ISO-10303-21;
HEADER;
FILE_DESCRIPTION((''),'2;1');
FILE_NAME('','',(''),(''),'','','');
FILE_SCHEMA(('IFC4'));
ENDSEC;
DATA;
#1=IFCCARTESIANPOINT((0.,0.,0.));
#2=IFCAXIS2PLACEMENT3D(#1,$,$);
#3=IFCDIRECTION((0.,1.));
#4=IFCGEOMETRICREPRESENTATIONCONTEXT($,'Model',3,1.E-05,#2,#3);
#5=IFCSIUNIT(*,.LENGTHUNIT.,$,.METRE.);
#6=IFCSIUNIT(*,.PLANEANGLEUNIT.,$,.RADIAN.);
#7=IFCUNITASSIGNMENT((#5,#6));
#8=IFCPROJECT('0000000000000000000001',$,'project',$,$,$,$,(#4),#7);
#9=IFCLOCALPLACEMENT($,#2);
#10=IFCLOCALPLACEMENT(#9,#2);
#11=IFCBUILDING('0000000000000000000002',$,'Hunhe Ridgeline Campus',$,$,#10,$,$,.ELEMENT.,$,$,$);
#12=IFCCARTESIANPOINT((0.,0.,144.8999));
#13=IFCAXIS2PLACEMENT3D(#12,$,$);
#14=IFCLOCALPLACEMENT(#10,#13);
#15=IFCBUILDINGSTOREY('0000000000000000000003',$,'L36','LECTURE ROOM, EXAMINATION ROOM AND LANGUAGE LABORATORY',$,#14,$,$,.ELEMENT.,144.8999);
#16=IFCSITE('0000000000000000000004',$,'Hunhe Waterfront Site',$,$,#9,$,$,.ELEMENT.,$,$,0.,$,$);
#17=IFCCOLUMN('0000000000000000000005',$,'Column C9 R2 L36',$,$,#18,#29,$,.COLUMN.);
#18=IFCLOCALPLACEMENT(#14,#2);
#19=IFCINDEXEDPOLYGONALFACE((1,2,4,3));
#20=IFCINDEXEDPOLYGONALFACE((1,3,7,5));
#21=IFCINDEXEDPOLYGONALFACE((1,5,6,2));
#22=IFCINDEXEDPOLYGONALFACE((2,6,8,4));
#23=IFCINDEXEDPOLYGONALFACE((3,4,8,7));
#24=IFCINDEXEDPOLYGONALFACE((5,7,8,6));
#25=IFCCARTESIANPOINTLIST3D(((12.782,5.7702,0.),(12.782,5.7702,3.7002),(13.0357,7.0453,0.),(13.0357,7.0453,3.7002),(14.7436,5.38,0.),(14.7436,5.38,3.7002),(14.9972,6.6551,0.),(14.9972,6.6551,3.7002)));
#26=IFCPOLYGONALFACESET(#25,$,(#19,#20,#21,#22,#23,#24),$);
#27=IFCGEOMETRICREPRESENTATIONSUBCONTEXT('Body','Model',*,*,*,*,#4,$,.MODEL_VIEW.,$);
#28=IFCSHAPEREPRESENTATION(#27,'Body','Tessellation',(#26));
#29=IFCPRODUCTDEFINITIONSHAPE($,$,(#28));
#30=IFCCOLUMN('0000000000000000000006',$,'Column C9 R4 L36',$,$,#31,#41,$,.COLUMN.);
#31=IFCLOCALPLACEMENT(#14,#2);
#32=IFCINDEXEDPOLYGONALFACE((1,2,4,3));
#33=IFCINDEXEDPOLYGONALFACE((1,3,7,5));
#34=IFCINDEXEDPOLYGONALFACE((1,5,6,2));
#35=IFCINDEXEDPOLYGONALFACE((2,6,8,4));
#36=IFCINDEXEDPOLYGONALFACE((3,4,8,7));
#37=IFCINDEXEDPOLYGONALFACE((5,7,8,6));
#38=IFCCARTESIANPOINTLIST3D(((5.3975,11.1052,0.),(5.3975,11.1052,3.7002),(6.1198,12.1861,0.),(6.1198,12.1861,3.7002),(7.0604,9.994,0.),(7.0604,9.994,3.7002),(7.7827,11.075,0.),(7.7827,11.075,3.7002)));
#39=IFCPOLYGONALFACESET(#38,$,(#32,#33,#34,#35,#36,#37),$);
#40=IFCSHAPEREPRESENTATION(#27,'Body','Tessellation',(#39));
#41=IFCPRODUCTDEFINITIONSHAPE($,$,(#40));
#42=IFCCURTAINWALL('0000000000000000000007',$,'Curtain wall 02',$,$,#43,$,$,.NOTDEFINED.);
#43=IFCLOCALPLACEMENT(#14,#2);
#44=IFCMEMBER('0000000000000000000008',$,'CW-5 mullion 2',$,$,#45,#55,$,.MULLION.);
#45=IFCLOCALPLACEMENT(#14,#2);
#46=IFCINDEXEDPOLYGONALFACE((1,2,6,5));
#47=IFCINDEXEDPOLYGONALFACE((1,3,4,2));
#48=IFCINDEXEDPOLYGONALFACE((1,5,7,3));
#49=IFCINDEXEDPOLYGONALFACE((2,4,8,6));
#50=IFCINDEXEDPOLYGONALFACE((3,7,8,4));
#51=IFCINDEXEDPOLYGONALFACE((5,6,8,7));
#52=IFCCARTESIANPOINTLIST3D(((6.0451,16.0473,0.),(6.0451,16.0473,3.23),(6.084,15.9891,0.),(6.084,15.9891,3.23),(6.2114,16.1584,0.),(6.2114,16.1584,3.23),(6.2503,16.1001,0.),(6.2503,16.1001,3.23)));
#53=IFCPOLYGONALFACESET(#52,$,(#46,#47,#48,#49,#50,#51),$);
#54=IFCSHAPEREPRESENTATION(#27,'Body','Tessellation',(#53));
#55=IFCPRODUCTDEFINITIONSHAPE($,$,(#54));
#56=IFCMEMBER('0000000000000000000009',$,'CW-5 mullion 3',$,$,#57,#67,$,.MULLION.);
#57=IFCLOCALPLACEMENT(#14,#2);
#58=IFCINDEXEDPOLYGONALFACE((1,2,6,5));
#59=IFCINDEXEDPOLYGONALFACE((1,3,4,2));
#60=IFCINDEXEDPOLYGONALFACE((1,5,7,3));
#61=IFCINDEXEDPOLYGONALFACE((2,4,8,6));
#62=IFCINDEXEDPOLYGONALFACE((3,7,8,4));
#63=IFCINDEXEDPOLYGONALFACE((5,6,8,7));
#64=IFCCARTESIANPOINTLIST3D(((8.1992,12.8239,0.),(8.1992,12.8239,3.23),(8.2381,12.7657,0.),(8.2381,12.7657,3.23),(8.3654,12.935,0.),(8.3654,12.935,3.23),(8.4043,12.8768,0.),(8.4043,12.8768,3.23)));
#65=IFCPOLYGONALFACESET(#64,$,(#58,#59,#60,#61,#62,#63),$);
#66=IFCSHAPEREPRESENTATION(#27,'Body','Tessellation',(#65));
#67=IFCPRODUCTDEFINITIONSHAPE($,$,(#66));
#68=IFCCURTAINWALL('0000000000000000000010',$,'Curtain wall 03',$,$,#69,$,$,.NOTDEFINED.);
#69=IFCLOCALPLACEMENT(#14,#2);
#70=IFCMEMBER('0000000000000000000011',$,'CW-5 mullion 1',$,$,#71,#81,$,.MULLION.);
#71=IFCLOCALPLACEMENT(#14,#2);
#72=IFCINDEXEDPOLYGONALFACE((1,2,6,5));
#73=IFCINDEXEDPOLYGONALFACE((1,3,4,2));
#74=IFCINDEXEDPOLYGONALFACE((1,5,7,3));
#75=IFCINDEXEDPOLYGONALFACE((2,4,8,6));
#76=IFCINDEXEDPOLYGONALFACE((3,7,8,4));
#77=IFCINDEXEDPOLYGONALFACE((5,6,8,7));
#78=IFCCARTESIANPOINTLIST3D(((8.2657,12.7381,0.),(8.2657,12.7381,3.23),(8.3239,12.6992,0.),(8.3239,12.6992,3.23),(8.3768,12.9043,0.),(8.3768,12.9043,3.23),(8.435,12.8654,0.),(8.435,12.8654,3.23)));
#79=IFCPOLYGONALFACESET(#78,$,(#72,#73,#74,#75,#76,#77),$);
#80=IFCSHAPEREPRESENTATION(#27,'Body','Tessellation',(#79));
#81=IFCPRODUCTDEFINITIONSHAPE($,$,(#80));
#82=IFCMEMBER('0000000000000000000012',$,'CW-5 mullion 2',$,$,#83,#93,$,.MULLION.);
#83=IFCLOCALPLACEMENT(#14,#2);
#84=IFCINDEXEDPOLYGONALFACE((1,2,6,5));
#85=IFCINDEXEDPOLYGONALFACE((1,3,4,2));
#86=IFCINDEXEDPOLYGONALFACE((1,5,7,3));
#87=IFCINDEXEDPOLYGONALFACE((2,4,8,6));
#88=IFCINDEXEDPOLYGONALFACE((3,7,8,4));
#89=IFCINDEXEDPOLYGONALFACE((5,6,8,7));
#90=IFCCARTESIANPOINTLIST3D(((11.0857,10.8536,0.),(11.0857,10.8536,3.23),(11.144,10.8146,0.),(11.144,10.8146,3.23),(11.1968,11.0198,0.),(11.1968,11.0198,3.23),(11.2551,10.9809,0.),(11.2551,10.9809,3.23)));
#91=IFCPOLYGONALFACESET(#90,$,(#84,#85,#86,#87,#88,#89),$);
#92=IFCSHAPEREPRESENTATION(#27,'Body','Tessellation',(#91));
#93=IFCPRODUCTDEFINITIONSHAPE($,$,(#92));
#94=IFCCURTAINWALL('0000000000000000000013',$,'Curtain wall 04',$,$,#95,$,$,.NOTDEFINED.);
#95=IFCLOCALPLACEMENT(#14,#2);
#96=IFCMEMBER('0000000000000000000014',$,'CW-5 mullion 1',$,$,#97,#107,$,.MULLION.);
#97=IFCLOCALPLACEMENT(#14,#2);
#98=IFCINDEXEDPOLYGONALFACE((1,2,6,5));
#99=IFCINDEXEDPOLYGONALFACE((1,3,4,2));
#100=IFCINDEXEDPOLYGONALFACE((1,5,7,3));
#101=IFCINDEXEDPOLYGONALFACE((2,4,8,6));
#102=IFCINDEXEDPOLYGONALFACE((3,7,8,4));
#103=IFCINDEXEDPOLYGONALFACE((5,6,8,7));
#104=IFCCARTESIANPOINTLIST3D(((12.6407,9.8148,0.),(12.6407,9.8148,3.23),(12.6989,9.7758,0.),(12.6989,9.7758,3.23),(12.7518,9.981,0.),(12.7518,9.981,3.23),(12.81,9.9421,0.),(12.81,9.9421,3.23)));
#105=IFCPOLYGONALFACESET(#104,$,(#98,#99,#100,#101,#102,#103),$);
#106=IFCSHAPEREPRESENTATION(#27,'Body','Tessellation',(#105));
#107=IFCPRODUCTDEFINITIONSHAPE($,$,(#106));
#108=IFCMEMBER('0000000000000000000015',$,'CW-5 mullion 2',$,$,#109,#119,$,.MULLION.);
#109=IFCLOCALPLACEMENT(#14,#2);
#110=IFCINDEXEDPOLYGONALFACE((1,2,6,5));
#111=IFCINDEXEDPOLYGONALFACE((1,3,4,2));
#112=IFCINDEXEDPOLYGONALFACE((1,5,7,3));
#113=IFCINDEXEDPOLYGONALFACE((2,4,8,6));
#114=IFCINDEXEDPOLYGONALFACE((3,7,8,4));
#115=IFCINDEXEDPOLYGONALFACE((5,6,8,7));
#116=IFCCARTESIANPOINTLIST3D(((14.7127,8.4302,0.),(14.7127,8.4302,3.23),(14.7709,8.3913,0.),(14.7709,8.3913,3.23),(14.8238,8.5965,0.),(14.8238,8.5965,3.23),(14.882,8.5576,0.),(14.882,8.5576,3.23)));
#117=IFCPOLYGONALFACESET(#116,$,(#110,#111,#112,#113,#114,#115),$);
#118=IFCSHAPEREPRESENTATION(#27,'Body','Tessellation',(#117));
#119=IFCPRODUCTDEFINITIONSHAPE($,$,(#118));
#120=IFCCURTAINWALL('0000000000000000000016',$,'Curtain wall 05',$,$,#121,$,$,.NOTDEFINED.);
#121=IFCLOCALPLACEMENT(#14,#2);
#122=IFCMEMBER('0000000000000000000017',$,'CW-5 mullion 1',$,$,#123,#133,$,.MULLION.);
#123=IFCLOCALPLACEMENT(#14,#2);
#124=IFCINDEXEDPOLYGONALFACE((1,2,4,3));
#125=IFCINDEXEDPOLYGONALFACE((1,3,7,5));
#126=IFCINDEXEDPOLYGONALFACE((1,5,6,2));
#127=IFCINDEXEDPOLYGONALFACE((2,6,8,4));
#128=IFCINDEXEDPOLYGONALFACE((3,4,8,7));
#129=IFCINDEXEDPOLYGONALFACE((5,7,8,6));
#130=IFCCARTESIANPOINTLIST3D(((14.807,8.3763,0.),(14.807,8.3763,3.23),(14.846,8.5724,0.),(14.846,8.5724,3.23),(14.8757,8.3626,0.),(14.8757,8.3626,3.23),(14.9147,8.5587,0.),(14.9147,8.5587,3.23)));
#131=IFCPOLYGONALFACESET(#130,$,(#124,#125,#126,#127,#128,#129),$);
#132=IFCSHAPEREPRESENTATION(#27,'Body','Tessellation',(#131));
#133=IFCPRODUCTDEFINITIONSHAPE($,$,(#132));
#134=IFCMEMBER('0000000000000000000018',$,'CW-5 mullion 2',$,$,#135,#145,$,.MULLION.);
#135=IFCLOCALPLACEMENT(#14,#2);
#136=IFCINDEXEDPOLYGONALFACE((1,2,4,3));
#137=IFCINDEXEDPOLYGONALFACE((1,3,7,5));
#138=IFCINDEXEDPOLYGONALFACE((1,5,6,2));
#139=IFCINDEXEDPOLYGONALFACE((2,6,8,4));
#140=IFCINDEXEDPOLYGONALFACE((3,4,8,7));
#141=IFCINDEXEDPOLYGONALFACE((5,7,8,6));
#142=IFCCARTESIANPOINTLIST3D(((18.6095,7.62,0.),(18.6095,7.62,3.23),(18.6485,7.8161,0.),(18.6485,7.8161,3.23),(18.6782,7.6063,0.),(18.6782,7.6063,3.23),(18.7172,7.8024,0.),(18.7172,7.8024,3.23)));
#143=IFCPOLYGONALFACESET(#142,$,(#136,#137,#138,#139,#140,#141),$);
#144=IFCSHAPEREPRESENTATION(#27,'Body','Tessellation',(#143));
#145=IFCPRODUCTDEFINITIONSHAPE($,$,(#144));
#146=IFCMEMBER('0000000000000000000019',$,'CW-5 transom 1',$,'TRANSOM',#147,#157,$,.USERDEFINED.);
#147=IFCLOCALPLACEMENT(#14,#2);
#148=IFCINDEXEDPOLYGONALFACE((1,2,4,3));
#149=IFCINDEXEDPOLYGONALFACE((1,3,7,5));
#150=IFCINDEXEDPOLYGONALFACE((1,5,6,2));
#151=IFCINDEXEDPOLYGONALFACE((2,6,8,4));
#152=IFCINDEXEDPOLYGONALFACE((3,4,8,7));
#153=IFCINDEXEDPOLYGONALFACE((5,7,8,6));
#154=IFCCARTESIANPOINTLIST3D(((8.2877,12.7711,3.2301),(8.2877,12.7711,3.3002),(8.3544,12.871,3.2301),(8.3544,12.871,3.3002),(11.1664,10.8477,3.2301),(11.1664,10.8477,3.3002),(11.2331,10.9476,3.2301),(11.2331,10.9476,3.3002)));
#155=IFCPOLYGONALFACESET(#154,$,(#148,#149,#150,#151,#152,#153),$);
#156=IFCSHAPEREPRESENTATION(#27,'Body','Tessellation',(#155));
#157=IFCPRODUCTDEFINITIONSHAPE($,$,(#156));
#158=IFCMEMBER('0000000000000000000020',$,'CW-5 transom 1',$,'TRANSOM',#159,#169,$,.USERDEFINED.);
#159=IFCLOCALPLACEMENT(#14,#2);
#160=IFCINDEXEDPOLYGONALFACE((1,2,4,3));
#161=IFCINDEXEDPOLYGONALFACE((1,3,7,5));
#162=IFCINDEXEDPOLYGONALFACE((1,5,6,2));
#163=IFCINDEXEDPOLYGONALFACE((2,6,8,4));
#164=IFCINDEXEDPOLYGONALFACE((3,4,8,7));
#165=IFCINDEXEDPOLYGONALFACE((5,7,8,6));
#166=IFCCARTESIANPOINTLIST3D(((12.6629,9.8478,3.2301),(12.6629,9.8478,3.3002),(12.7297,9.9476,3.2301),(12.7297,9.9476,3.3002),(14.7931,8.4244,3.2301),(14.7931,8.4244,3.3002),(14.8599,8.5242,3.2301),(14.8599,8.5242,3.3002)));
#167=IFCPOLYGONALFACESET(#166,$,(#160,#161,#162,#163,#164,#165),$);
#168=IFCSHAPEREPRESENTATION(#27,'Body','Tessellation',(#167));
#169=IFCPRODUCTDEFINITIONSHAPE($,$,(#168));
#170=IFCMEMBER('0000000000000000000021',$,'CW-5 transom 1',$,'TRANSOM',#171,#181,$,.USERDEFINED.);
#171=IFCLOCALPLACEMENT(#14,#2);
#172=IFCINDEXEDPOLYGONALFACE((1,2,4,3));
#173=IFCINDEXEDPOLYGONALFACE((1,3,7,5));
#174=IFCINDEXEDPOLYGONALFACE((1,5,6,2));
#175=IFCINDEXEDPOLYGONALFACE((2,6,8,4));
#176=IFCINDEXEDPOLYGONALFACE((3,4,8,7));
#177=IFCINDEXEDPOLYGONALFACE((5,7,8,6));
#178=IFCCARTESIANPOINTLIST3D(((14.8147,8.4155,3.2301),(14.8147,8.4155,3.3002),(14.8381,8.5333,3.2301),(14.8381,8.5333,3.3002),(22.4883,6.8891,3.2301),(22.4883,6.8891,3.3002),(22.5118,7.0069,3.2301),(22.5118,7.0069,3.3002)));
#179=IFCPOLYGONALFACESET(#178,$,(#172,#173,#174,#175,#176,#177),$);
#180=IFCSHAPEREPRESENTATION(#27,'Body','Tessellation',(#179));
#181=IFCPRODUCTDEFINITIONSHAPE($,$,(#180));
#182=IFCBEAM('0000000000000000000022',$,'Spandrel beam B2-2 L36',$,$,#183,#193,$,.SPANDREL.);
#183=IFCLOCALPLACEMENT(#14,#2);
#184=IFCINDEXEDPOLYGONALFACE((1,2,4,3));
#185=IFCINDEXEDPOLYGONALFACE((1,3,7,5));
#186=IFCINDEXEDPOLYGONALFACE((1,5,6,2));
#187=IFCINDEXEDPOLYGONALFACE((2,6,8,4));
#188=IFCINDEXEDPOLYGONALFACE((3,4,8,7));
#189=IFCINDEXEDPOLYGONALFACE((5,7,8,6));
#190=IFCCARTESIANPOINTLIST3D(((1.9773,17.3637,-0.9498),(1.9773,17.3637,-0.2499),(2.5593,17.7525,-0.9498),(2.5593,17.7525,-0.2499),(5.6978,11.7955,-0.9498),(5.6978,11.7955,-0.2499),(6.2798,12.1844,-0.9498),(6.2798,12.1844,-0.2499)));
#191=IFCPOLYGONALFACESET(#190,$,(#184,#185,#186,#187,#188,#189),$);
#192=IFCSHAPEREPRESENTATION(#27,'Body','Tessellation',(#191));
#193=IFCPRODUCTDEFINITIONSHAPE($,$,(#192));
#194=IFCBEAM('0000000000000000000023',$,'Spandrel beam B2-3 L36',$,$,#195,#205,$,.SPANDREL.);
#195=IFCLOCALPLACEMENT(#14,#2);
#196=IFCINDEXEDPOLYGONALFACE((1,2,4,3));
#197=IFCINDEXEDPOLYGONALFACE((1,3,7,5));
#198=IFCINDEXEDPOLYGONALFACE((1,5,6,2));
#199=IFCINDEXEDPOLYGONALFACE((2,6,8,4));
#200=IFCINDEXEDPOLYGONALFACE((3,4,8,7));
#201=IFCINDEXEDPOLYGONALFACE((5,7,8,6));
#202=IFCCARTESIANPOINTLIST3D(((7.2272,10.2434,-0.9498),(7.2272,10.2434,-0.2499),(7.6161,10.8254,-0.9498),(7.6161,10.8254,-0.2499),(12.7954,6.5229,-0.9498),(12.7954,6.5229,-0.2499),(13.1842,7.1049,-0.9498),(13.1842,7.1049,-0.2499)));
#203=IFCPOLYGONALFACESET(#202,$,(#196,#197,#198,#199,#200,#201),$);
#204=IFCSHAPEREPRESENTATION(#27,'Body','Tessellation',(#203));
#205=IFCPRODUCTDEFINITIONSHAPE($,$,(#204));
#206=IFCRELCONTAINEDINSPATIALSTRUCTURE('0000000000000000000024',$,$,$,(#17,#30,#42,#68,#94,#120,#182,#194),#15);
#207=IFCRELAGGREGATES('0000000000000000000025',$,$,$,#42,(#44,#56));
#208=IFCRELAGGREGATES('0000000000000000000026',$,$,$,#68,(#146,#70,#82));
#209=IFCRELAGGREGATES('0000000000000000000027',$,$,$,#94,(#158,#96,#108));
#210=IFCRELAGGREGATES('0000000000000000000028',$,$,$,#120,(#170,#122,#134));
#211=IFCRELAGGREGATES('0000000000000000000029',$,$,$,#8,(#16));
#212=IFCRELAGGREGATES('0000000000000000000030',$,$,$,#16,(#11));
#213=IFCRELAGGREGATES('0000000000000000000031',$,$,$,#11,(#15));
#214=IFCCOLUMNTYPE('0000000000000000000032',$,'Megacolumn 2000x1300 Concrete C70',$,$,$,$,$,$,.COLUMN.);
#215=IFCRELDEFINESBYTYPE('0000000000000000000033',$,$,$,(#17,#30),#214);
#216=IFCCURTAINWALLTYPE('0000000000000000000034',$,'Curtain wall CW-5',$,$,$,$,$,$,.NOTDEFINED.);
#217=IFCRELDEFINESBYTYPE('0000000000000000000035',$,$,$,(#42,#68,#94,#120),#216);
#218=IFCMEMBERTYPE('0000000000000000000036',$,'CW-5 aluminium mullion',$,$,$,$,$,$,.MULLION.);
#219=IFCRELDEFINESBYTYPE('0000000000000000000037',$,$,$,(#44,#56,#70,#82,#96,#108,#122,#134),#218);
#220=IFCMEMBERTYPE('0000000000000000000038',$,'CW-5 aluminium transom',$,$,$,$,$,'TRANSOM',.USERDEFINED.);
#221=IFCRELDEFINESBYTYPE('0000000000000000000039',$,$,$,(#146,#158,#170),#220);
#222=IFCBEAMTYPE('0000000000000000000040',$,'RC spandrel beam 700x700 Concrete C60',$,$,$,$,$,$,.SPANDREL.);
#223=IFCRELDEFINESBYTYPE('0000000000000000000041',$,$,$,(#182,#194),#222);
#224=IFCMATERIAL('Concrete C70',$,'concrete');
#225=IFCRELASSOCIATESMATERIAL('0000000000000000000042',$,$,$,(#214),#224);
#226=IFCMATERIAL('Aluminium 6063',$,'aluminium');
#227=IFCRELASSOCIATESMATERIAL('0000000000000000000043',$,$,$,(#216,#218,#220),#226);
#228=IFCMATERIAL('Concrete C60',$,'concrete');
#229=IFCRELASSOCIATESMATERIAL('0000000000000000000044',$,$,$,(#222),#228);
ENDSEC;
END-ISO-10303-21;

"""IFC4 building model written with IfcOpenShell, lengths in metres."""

from ifc_helpers import new_model, si_unit, direction, frame, origin, origin_2d, place, context, subcontext, project, spatial, rectangle, extrude, material, material_profile, profile_set, type_object, element, aggregate, save


model = new_model("IFC4")

# Units and contexts
model_context = context("Model", 3, precision=1e-05, world=origin(), true_north=direction((0.0, 1.0)))
body_context = subcontext(model_context, "Body", "Model", "MODEL_VIEW")
ifc_project = project(units=[si_unit("LENGTHUNIT", "METRE"), si_unit("PLANEANGLEUNIT", "RADIAN")], contexts=[model_context])

# Site, building, storey
site_placement = place(None, origin())
site = spatial("IfcSite", under=ifc_project, at=site_placement, Name="Hunhe Waterfront Site", CompositionType="ELEMENT", RefElevation=0.0)
building_placement = place(site_placement, origin())
building = spatial("IfcBuilding", under=site, at=building_placement, Name="Hunhe Ridgeline Campus", CompositionType="ELEMENT")
storey_placement = place(building_placement, frame((0.0, 0.0, 144.8999)))
storey = spatial("IfcBuildingStorey", under=building, at=storey_placement, Name="L36", Description="LECTURE ROOM, EXAMINATION ROOM AND LANGUAGE LABORATORY", CompositionType="ELEMENT", Elevation=144.8999)

# Columns
ifc_material_1 = material(Name="Concrete C70", Category="concrete")
ifc_material_profile_1 = material_profile(ifc_material_1, rectangle(XDim=2.0, YDim=1.3, at=origin_2d()))
ifc_profile_set_1 = profile_set([ifc_material_profile_1], Name="Concrete C70")
column_type = type_object("IfcColumnType", Name="Megacolumn 2000x1300 Concrete C70", PredefinedType="COLUMN", material=ifc_profile_set_1)
for number, where, z_axis, x_axis, name in (
    (1, (13.8896, 6.2126, 0.0), (0.0, 0.0, 1.0), (-0.980785, 0.19509, 0.0), "Column C9 R2 L36"),
    (2, (6.5901, 11.0901, 0.0), (0.0, 0.0, 1.0), (-0.83147, 0.55557, 0.0), "Column C9 R4 L36"),
):
    element("IfcColumn", number, at=place(storey_placement, frame(where, z_axis=z_axis, x_axis=x_axis)), inside=storey, type_object=column_type, Name=name, PredefinedType="COLUMN", context=body_context, shape_type="SweptSolid", body=[
        extrude(rectangle(XDim=2.0, YDim=1.3, at=origin_2d()), origin(), (0.0, 0.0, 1.0), 3.7002),
    ])

# Curtain walls, members
ifc_material_2 = material(Name="Aluminium 6063", Category="aluminium")
curtain_wall_type = type_object("IfcCurtainWallType", Name="Curtain wall CW-5", PredefinedType="NOTDEFINED", material=ifc_material_2)
curtain_wall_1_placement = place(storey_placement, origin())
curtain_wall_1 = element("IfcCurtainWall", 3, at=curtain_wall_1_placement, inside=storey, type_object=curtain_wall_type, Name="Curtain wall 02", PredefinedType="NOTDEFINED")
ifc_material_profile_2 = material_profile(ifc_material_2, rectangle(XDim=0.2, YDim=0.0701, at=origin_2d()))
ifc_profile_set_2 = profile_set([ifc_material_profile_2], Name="Aluminium 6063")
member_type_1 = type_object("IfcMemberType", Name="CW-5 aluminium mullion", PredefinedType="MULLION", material=ifc_profile_set_2)
member_1_placement = place(storey_placement, frame((6.1477, 16.0737, 0.0), z_axis=(0.0, 0.0, 1.0), x_axis=(0.83147, 0.55557, 0.0)))
member_1 = element("IfcMember", 4, at=member_1_placement, type_object=member_type_1, Name="CW-5 mullion 2", PredefinedType="MULLION", context=body_context, shape_type="SweptSolid", body=[
    extrude(rectangle(XDim=0.2, YDim=0.0701, at=origin_2d()), origin(), (0.0, 0.0, 1.0), 3.23),
])
member_2_placement = place(storey_placement, frame((8.3018, 12.8503, 0.0), z_axis=(0.0, 0.0, 1.0), x_axis=(0.83147, 0.55557, 0.0)))
member_2 = element("IfcMember", 5, at=member_2_placement, type_object=member_type_1, Name="CW-5 mullion 3", PredefinedType="MULLION", context=body_context, shape_type="SweptSolid", body=[
    extrude(rectangle(XDim=0.2, YDim=0.0701, at=origin_2d()), origin(), (0.0, 0.0, 1.0), 3.23),
])
curtain_wall_2_placement = place(storey_placement, origin())
curtain_wall_2 = element("IfcCurtainWall", 6, at=curtain_wall_2_placement, inside=storey, type_object=curtain_wall_type, Name="Curtain wall 03", PredefinedType="NOTDEFINED")
member_3_placement = place(storey_placement, frame((8.3503, 12.8018, 0.0), z_axis=(0.0, 0.0, 1.0), x_axis=(0.55557, 0.83147, 0.0)))
member_3 = element("IfcMember", 7, at=member_3_placement, type_object=member_type_1, Name="CW-5 mullion 1", PredefinedType="MULLION", context=body_context, shape_type="SweptSolid", body=[
    extrude(rectangle(XDim=0.2, YDim=0.0701, at=origin_2d()), origin(), (0.0, 0.0, 1.0), 3.23),
])
member_4_placement = place(storey_placement, frame((11.1704, 10.9172, 0.0), z_axis=(0.0, 0.0, 1.0), x_axis=(0.55557, 0.83147, 0.0)))
member_4 = element("IfcMember", 8, at=member_4_placement, type_object=member_type_1, Name="CW-5 mullion 2", PredefinedType="MULLION", context=body_context, shape_type="SweptSolid", body=[
    extrude(rectangle(XDim=0.2, YDim=0.0701, at=origin_2d()), origin(), (0.0, 0.0, 1.0), 3.23),
])
curtain_wall_3_placement = place(storey_placement, origin())
curtain_wall_3 = element("IfcCurtainWall", 9, at=curtain_wall_3_placement, inside=storey, type_object=curtain_wall_type, Name="Curtain wall 04", PredefinedType="NOTDEFINED")
member_5_placement = place(storey_placement, frame((12.7253, 9.8784, 0.0), z_axis=(0.0, 0.0, 1.0), x_axis=(0.55557, 0.83147, 0.0)))
member_5 = element("IfcMember", 10, at=member_5_placement, type_object=member_type_1, Name="CW-5 mullion 1", PredefinedType="MULLION", context=body_context, shape_type="SweptSolid", body=[
    extrude(rectangle(XDim=0.2, YDim=0.0701, at=origin_2d()), origin(), (0.0, 0.0, 1.0), 3.23),
])
member_6_placement = place(storey_placement, frame((14.7974, 8.4939, 0.0), z_axis=(0.0, 0.0, 1.0), x_axis=(0.55557, 0.83147, 0.0)))
member_6 = element("IfcMember", 11, at=member_6_placement, type_object=member_type_1, Name="CW-5 mullion 2", PredefinedType="MULLION", context=body_context, shape_type="SweptSolid", body=[
    extrude(rectangle(XDim=0.2, YDim=0.0701, at=origin_2d()), origin(), (0.0, 0.0, 1.0), 3.23),
])
curtain_wall_4_placement = place(storey_placement, origin())
curtain_wall_4 = element("IfcCurtainWall", 12, at=curtain_wall_4_placement, inside=storey, type_object=curtain_wall_type, Name="Curtain wall 05", PredefinedType="NOTDEFINED")
member_7_placement = place(storey_placement, frame((14.8608, 8.4675, 0.0), z_axis=(0.0, 0.0, 1.0), x_axis=(0.19509, 0.980785, 0.0)))
member_7 = element("IfcMember", 13, at=member_7_placement, type_object=member_type_1, Name="CW-5 mullion 1", PredefinedType="MULLION", context=body_context, shape_type="SweptSolid", body=[
    extrude(rectangle(XDim=0.2, YDim=0.0701, at=origin_2d()), origin(), (0.0, 0.0, 1.0), 3.23),
])
member_8_placement = place(storey_placement, frame((18.6633, 7.7112, 0.0), z_axis=(0.0, 0.0, 1.0), x_axis=(0.19509, 0.980785, 0.0)))
member_8 = element("IfcMember", 14, at=member_8_placement, type_object=member_type_1, Name="CW-5 mullion 2", PredefinedType="MULLION", context=body_context, shape_type="SweptSolid", body=[
    extrude(rectangle(XDim=0.2, YDim=0.0701, at=origin_2d()), origin(), (0.0, 0.0, 1.0), 3.23),
])

# Members
ifc_material_profile_3 = material_profile(ifc_material_2, rectangle(XDim=0.1201, YDim=0.0701, at=origin_2d()))
ifc_profile_set_3 = profile_set([ifc_material_profile_3], Name="Aluminium 6063")
member_type_2 = type_object("IfcMemberType", Name="CW-5 aluminium transom", ElementType="TRANSOM", PredefinedType="USERDEFINED", material=ifc_profile_set_3)
member_9_placement = place(storey_placement, frame((8.321, 12.821, 3.2651), z_axis=(0.831486, -0.555546, 0.0), x_axis=(0.555546, 0.831486, 0.0)))
member_9 = element("IfcMember", 15, at=member_9_placement, type_object=member_type_2, Name="CW-5 transom 1", ObjectType="TRANSOM", PredefinedType="USERDEFINED", context=body_context, shape_type="SweptSolid", body=[
    extrude(rectangle(XDim=0.1201, YDim=0.0701, at=origin_2d()), origin(), (0.0, 0.0, 1.0), 3.4622),
])
member_10_placement = place(storey_placement, frame((12.6963, 9.8977, 3.2651), z_axis=(0.831463, -0.55558, 0.0), x_axis=(0.55558, 0.831463, 0.0)))
member_10 = element("IfcMember", 16, at=member_10_placement, type_object=member_type_2, Name="CW-5 transom 1", ObjectType="TRANSOM", PredefinedType="USERDEFINED", context=body_context, shape_type="SweptSolid", body=[
    extrude(rectangle(XDim=0.1201, YDim=0.0701, at=origin_2d()), origin(), (0.0, 0.0, 1.0), 2.562),
])
member_11_placement = place(storey_placement, frame((14.8264, 8.4744, 3.2651), z_axis=(0.980785, -0.19509, 0.0), x_axis=(0.19509, 0.980785, 0.0)))
member_11 = element("IfcMember", 17, at=member_11_placement, type_object=member_type_2, Name="CW-5 transom 1", ObjectType="TRANSOM", PredefinedType="USERDEFINED", context=body_context, shape_type="SweptSolid", body=[
    extrude(rectangle(XDim=0.1201, YDim=0.0701, at=origin_2d()), origin(), (0.0, 0.0, 1.0), 7.824),
])

# Beams
ifc_material_3 = material(Name="Concrete C60", Category="concrete")
ifc_material_profile_4 = material_profile(ifc_material_3, rectangle(XDim=0.7, YDim=0.7, at=origin_2d()))
ifc_profile_set_4 = profile_set([ifc_material_profile_4], Name="Concrete C60")
beam_type = type_object("IfcBeamType", Name="RC spandrel beam 700x700 Concrete C60", PredefinedType="SPANDREL", material=ifc_profile_set_4)
for number, where, z_axis, x_axis, name in (
    (18, (2.2683, 17.5581, -0.5999), (0.555566, -0.831472, 0.0), (0.831472, 0.555566, 0.0), "Spandrel beam B2-2 L36"),
    (19, (7.4216, 10.5344, -0.5999), (0.831472, -0.555566, 0.0), (0.555566, 0.831472, 0.0), "Spandrel beam B2-3 L36"),
):
    element("IfcBeam", number, at=place(storey_placement, frame(where, z_axis=z_axis, x_axis=x_axis)), inside=storey, type_object=beam_type, Name=name, PredefinedType="SPANDREL", context=body_context, shape_type="SweptSolid", body=[
        extrude(rectangle(XDim=0.7, YDim=0.7, at=origin_2d()), origin(), (0.0, 0.0, 1.0), 6.6968),
    ])

aggregate(curtain_wall_1, [member_1, member_2])
aggregate(curtain_wall_2, [member_9, member_3, member_4])
aggregate(curtain_wall_3, [member_10, member_5, member_6])
aggregate(curtain_wall_4, [member_11, member_7, member_8])

save(model, "model.ifc")
